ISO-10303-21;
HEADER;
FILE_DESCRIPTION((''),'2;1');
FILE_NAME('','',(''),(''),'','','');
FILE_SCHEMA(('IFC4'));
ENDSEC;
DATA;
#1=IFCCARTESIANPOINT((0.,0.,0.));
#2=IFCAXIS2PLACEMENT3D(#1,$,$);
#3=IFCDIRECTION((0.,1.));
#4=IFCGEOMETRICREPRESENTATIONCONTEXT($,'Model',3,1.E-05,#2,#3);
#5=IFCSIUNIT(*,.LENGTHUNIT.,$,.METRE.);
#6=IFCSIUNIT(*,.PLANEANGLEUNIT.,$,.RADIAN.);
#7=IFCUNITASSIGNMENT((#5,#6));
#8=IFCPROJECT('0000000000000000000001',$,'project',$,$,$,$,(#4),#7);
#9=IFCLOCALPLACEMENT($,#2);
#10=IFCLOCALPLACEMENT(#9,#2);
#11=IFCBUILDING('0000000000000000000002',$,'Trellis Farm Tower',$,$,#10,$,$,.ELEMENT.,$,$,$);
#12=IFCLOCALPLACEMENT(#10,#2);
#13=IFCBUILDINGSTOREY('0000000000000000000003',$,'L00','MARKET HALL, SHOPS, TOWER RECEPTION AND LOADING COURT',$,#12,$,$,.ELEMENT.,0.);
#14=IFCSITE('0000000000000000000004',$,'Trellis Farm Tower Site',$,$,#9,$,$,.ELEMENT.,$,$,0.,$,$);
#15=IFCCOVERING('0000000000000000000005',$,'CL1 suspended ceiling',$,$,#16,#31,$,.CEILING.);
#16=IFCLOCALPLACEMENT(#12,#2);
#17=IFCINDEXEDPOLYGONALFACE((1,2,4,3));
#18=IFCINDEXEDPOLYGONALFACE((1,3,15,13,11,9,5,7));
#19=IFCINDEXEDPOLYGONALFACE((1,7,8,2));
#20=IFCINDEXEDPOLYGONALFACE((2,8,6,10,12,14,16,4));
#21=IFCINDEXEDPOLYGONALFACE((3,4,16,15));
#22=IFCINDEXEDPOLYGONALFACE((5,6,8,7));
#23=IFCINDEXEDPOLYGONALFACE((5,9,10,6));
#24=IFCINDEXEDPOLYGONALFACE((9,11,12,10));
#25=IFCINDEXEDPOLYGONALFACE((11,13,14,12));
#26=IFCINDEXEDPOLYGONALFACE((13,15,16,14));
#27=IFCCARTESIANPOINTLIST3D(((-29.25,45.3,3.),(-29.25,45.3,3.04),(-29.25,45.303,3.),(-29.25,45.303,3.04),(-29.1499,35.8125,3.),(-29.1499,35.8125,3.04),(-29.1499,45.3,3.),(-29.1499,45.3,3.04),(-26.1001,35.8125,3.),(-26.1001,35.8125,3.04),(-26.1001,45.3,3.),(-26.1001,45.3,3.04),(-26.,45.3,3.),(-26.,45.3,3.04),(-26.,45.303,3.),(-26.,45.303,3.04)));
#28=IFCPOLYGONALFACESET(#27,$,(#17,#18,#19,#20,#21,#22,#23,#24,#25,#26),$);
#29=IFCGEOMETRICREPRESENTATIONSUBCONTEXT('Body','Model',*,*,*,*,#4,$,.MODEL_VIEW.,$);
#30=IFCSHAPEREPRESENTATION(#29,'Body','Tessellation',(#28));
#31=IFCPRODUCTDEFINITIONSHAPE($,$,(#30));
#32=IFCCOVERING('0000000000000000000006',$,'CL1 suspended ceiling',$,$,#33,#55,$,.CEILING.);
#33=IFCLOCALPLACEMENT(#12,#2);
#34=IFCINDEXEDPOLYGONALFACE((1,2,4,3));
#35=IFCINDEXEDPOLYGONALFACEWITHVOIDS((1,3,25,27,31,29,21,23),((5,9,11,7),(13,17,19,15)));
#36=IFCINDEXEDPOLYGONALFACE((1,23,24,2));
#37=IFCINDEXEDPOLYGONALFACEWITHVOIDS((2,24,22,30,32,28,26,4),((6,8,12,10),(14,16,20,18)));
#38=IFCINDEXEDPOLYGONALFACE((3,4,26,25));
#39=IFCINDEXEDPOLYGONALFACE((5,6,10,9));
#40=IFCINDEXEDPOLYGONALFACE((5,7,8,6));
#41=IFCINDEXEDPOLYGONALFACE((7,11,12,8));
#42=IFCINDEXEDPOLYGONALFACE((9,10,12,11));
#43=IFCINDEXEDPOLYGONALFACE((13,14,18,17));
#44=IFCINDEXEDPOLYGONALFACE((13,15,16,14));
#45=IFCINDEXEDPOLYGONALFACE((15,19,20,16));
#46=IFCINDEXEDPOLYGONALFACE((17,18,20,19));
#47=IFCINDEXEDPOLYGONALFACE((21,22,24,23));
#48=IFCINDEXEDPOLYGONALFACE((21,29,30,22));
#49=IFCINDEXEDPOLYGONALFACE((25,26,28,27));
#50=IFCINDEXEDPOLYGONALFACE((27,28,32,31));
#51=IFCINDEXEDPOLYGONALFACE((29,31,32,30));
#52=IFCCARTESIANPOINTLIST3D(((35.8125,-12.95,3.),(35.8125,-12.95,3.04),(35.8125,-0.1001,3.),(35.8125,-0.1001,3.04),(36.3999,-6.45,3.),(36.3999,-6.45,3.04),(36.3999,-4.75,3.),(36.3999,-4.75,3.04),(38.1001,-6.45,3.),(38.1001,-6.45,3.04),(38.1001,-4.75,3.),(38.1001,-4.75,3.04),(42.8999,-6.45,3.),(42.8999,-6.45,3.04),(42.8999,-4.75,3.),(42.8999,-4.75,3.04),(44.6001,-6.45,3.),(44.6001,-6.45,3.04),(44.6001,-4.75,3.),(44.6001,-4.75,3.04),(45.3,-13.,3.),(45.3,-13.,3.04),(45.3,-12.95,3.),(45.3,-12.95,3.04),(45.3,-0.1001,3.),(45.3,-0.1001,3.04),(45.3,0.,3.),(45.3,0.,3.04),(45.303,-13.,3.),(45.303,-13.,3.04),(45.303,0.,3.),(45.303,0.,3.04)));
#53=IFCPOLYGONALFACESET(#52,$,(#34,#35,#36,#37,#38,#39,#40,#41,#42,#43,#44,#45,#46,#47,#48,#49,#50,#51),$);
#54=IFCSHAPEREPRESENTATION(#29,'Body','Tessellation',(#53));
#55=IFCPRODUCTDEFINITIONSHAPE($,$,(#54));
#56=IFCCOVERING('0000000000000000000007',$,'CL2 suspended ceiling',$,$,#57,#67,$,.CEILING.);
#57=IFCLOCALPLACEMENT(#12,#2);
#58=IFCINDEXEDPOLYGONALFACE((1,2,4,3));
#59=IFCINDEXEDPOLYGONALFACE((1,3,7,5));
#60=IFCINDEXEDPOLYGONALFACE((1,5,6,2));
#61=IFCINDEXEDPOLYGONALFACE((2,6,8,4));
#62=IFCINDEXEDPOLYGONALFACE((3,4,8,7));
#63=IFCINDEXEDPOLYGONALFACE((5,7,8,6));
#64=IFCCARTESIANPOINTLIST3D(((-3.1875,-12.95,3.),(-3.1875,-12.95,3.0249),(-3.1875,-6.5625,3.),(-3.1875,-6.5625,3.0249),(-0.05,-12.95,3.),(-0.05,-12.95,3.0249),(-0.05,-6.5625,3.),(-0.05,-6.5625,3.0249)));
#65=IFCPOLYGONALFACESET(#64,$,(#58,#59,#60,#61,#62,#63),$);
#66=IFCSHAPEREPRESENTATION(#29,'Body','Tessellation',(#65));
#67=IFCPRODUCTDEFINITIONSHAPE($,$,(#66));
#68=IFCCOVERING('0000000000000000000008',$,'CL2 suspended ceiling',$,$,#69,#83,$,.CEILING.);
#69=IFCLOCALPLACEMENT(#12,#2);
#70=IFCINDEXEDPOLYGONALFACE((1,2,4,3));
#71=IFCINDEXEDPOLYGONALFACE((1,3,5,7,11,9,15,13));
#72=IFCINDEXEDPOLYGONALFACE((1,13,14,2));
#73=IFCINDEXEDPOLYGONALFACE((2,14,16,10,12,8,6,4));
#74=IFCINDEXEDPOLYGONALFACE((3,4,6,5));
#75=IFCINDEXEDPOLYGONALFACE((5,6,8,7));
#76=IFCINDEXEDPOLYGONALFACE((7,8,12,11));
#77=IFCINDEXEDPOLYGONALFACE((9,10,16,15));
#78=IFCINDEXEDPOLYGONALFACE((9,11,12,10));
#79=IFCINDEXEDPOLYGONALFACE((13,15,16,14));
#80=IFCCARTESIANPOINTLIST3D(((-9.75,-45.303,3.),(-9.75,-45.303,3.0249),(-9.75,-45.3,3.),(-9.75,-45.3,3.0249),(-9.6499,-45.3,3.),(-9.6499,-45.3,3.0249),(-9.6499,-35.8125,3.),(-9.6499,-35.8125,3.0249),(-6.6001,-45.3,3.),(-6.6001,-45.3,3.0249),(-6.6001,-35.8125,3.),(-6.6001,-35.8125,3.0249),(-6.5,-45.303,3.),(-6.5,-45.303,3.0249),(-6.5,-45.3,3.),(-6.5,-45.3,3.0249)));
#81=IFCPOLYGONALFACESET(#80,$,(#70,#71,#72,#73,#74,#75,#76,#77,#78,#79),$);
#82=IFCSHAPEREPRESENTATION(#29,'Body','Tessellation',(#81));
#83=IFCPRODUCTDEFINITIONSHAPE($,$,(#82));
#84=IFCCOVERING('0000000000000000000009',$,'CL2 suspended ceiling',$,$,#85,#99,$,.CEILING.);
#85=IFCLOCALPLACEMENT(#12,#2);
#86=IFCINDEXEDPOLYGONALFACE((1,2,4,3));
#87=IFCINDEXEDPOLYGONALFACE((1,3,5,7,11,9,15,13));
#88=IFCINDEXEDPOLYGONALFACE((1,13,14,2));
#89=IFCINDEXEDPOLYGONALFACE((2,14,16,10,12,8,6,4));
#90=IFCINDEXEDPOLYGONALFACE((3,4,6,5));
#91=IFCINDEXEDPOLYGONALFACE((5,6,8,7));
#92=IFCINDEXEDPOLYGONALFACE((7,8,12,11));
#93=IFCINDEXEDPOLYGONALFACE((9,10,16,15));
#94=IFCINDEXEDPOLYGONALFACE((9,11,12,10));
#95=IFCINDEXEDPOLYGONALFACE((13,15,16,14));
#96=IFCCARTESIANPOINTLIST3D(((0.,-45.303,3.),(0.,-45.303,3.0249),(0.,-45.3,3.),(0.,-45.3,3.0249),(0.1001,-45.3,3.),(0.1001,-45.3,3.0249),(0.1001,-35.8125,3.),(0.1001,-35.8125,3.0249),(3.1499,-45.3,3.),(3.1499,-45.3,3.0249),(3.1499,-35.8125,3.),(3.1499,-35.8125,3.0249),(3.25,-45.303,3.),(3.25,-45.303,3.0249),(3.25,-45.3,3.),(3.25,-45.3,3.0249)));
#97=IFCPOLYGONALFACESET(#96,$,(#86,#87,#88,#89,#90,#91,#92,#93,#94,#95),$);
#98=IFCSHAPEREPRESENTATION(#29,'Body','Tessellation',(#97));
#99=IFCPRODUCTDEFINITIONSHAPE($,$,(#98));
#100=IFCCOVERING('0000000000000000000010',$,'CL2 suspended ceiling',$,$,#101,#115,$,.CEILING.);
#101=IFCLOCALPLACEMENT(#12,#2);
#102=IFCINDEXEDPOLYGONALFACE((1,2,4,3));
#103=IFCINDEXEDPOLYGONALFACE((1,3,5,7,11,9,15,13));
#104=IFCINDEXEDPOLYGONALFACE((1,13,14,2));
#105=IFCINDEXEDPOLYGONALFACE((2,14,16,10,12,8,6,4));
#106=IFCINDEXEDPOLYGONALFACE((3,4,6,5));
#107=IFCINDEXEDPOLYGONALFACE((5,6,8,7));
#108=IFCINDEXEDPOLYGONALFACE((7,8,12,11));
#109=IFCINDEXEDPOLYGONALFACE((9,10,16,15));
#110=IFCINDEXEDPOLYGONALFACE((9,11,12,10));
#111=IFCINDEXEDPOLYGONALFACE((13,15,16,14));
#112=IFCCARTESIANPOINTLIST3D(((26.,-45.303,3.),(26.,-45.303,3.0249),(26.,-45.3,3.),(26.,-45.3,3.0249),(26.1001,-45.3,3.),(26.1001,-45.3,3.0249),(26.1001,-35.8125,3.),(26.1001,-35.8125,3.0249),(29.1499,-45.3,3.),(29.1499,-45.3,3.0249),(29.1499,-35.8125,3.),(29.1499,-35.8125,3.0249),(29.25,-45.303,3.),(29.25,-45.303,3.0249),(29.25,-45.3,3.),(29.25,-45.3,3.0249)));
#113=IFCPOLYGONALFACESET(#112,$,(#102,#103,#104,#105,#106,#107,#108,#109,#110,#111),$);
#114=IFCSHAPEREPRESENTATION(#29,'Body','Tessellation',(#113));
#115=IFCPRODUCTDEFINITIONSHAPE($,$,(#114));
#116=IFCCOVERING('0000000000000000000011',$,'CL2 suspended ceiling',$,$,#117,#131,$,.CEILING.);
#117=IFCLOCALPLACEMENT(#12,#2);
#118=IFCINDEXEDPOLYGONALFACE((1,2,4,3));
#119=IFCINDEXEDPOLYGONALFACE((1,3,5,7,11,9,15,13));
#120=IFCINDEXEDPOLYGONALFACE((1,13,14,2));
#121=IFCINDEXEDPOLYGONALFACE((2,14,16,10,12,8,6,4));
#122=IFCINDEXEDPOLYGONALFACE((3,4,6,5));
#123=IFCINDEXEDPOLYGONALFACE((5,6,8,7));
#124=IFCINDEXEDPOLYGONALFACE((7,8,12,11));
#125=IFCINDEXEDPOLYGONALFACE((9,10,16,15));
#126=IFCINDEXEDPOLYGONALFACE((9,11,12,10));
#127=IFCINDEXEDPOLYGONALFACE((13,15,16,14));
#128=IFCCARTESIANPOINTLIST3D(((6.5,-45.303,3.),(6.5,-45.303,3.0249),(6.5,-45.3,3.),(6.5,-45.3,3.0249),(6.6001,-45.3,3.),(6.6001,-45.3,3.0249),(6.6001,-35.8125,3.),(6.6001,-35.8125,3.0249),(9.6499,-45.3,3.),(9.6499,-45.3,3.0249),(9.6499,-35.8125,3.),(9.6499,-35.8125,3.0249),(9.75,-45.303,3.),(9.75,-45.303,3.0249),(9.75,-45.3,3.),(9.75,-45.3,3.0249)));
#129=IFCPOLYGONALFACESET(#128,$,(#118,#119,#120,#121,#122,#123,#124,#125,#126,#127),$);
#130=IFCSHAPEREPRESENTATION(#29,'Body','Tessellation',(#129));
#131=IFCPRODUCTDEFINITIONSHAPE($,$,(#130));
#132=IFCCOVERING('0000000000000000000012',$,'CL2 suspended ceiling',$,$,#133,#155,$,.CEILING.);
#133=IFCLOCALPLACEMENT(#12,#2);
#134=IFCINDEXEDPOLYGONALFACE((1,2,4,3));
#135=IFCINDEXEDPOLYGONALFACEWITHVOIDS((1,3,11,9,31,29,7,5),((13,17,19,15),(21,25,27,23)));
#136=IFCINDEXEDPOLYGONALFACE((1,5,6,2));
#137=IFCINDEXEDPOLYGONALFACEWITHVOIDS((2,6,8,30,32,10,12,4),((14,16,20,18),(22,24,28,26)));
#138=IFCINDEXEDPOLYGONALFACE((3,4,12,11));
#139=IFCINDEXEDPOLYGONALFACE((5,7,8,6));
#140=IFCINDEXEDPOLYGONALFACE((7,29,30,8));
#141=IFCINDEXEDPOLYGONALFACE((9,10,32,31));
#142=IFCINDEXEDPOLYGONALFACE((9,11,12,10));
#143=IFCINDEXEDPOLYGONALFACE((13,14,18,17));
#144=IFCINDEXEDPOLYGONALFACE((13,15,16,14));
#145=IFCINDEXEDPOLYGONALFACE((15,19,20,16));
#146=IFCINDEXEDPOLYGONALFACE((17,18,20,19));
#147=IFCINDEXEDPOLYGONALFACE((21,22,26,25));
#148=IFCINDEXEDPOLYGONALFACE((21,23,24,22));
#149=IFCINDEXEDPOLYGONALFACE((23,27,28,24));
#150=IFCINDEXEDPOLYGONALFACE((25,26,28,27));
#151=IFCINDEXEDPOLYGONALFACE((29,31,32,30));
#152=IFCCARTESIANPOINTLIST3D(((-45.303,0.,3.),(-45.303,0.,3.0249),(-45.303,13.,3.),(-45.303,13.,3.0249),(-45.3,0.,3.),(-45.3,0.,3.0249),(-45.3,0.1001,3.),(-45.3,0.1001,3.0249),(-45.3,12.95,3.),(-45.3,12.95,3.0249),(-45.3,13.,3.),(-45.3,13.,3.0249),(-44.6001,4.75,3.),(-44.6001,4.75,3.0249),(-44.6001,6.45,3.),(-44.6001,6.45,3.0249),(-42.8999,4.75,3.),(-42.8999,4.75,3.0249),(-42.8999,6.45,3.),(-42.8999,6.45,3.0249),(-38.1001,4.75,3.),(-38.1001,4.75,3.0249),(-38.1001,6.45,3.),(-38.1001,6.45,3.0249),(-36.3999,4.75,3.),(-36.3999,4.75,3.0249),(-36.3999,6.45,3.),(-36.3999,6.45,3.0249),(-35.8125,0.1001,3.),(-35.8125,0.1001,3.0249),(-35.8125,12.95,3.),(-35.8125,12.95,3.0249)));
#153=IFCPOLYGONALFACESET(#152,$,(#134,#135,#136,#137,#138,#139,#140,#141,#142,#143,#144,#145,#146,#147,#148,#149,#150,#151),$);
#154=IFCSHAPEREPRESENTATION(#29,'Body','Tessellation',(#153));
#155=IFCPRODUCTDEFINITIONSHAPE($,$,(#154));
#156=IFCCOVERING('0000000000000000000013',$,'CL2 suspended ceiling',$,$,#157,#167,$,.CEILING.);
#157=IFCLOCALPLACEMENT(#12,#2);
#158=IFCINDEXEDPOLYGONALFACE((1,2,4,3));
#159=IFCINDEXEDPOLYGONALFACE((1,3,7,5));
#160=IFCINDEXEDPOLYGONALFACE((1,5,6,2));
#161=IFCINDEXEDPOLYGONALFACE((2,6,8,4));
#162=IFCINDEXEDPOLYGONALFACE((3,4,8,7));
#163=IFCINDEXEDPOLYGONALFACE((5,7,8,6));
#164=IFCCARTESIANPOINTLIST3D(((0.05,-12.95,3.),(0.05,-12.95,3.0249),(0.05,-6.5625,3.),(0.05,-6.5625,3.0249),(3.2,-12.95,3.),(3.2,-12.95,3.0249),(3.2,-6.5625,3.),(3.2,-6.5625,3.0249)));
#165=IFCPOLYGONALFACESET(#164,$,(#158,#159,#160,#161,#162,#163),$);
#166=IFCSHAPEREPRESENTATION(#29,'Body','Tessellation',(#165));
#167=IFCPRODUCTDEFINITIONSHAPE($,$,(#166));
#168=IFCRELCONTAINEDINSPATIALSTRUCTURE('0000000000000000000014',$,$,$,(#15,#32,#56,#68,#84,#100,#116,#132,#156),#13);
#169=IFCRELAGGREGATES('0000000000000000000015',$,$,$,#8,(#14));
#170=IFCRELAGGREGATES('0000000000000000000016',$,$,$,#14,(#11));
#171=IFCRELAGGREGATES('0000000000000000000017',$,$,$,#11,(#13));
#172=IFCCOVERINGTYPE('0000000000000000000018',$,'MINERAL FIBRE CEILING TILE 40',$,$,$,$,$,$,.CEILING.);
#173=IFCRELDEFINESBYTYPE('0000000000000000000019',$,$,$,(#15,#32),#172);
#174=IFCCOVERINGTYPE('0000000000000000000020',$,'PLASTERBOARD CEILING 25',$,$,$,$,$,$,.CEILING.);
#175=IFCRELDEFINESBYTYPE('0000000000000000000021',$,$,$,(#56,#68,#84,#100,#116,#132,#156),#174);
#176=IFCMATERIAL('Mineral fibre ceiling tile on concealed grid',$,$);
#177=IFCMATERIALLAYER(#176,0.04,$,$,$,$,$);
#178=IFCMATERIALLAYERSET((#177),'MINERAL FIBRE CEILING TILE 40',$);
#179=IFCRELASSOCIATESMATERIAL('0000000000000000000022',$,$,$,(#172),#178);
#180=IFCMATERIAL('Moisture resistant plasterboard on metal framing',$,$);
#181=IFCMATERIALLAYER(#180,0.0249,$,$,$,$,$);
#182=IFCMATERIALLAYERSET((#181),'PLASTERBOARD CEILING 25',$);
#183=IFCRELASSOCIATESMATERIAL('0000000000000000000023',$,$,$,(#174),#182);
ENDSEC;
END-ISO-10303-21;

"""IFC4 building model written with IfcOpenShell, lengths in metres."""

from ifc_helpers import new_model, si_unit, direction, frame, origin, place, context, subcontext, project, spatial, polyline, outline, extrude, source, transform, mapped, material, layer, layer_set, type_object, element, save


model = new_model("IFC4")

# Units and contexts
model_context = context("Model", 3, precision=1e-05, world=origin(), true_north=direction((0.0, 1.0)))
body_context = subcontext(model_context, "Body", "Model", "MODEL_VIEW")
ifc_project = project(units=[si_unit("LENGTHUNIT", "METRE"), si_unit("PLANEANGLEUNIT", "RADIAN")], contexts=[model_context])

# Site, building, storey
site_placement = place(None, origin())
site = spatial("IfcSite", under=ifc_project, at=site_placement, Name="Trellis Farm Tower Site", CompositionType="ELEMENT", RefElevation=0.0)
building_placement = place(site_placement, origin())
building = spatial("IfcBuilding", under=site, at=building_placement, Name="Trellis Farm Tower", CompositionType="ELEMENT")
storey_placement = place(building_placement, origin())
storey = spatial("IfcBuildingStorey", under=building, at=storey_placement, Name="L00", Description="MARKET HALL, SHOPS, TOWER RECEPTION AND LOADING COURT", CompositionType="ELEMENT", Elevation=0.0)

# Coverings
ifc_material_1 = material(Name="Mineral fibre ceiling tile on concealed grid")
ifc_layer_1 = layer(ifc_material_1, 0.04)
ifc_layer_set_1 = layer_set([ifc_layer_1], Name="MINERAL FIBRE CEILING TILE 40")
covering_type_1 = type_object("IfcCoveringType", Name="MINERAL FIBRE CEILING TILE 40", PredefinedType="CEILING", material=ifc_layer_set_1)
placement_1 = place(storey_placement, frame((0.0, 0.0, 3.0)))
element("IfcCovering", 1, at=placement_1, inside=storey, type_object=covering_type_1, Name="CL1 suspended ceiling", PredefinedType="CEILING", context=body_context, shape_type="SweptSolid", body=[
    extrude(outline(polyline([(-26.0, 45.3), (-26.1001, 45.3), (-26.1001, 35.8125), (-29.1499, 35.8125), (-29.1499, 45.3), (-29.25, 45.3), (-29.25, 45.303), (-26.0, 45.303), (-26.0, 45.3)])), origin(), (0.0, 0.0, 1.0), 0.04),
])
element("IfcCovering", 2, at=placement_1, inside=storey, type_object=covering_type_1, Name="CL1 suspended ceiling", PredefinedType="CEILING", context=body_context, shape_type="SweptSolid", body=[
    extrude(outline(polyline([(45.3, -12.95), (35.8125, -12.95), (35.8125, -0.1001), (45.3, -0.1001), (45.3, 0.0), (45.303, 0.0), (45.303, -13.0), (45.3, -13.0), (45.3, -12.95)]), holes=[polyline([(42.8999, -4.75), (42.8999, -6.45), (44.6001, -6.45), (44.6001, -4.75), (42.8999, -4.75)]), polyline([(36.3999, -4.75), (36.3999, -6.45), (38.1001, -6.45), (38.1001, -4.75), (36.3999, -4.75)])]), origin(), (0.0, 0.0, 1.0), 0.04),
])
ifc_material_2 = material(Name="Moisture resistant plasterboard on metal framing")
ifc_layer_2 = layer(ifc_material_2, 0.0249)
ifc_layer_set_2 = layer_set([ifc_layer_2], Name="PLASTERBOARD CEILING 25")
covering_type_2 = type_object("IfcCoveringType", Name="PLASTERBOARD CEILING 25", PredefinedType="CEILING", material=ifc_layer_set_2)
element("IfcCovering", 3, at=placement_1, inside=storey, type_object=covering_type_2, Name="CL2 suspended ceiling", PredefinedType="CEILING", context=body_context, shape_type="SweptSolid", body=[
    extrude(outline(polyline([(-0.05, -12.95), (-3.1875, -12.95), (-3.1875, -6.5625), (-0.05, -6.5625), (-0.05, -12.95)])), origin(), (0.0, 0.0, 1.0), 0.0249),
])
element("IfcCovering", 4, at=placement_1, inside=storey, type_object=covering_type_2, Name="CL2 suspended ceiling", PredefinedType="CEILING", context=body_context, shape_type="SweptSolid", body=[
    extrude(outline(polyline([(-9.75, -45.3), (-9.6499, -45.3), (-9.6499, -35.8125), (-6.6001, -35.8125), (-6.6001, -45.3), (-6.5, -45.3), (-6.5, -45.303), (-9.75, -45.303), (-9.75, -45.3)])), origin(), (0.0, 0.0, 1.0), 0.0249),
])
element("IfcCovering", 5, at=placement_1, inside=storey, type_object=covering_type_2, Name="CL2 suspended ceiling", PredefinedType="CEILING", context=body_context, shape_type="SweptSolid", body=[
    extrude(outline(polyline([(0.0, -45.3), (0.1001, -45.3), (0.1001, -35.8125), (3.1499, -35.8125), (3.1499, -45.3), (3.25, -45.3), (3.25, -45.303), (0.0, -45.303), (0.0, -45.3)])), origin(), (0.0, 0.0, 1.0), 0.0249),
])
element("IfcCovering", 6, at=placement_1, inside=storey, type_object=covering_type_2, Name="CL2 suspended ceiling", PredefinedType="CEILING", context=body_context, shape_type="SweptSolid", body=[
    extrude(outline(polyline([(26.0, -45.3), (26.1001, -45.3), (26.1001, -35.8125), (29.1499, -35.8125), (29.1499, -45.3), (29.25, -45.3), (29.25, -45.303), (26.0, -45.303), (26.0, -45.3)])), origin(), (0.0, 0.0, 1.0), 0.0249),
])
element("IfcCovering", 7, at=placement_1, inside=storey, type_object=covering_type_2, Name="CL2 suspended ceiling", PredefinedType="CEILING", context=body_context, shape_type="SweptSolid", body=[
    extrude(outline(polyline([(6.6001, -45.3), (6.6001, -35.8125), (9.6499, -35.8125), (9.6499, -45.3), (9.75, -45.3), (9.75, -45.303), (6.5, -45.303), (6.5, -45.3), (6.6001, -45.3)])), origin(), (0.0, 0.0, 1.0), 0.0249),
])
element("IfcCovering", 8, at=placement_1, inside=storey, type_object=covering_type_2, Name="CL2 suspended ceiling", PredefinedType="CEILING", context=body_context, shape_type="SweptSolid", body=[
    extrude(outline(polyline([(-45.3, 12.95), (-35.8125, 12.95), (-35.8125, 0.1001), (-45.3, 0.1001), (-45.3, 0.0), (-45.303, 0.0), (-45.303, 13.0), (-45.3, 13.0), (-45.3, 12.95)]), holes=[polyline([(-44.6001, 4.75), (-42.8999, 4.75), (-42.8999, 6.45), (-44.6001, 6.45), (-44.6001, 4.75)]), polyline([(-38.1001, 6.45), (-38.1001, 4.75), (-36.3999, 4.75), (-36.3999, 6.45), (-38.1001, 6.45)])]), origin(), (0.0, 0.0, 1.0), 0.0249),
])
shared_shape_1 = source(origin(), body_context, "Body", "SweptSolid", [
    extrude(outline(polyline([(3.2, -12.95), (0.05, -12.95), (0.05, -6.5625), (3.2, -6.5625), (3.2, -12.95)])), origin(), (0.0, 0.0, 1.0), 0.0249),
])
element("IfcCovering", 9, at=placement_1, inside=storey, type_object=covering_type_2, Name="CL2 suspended ceiling", PredefinedType="CEILING", context=body_context, shape_type="MappedRepresentation", body=[
    mapped(shared_shape_1, transform((0.0, 0.0, 0.0))),
])

save(model, "model.ifc")
